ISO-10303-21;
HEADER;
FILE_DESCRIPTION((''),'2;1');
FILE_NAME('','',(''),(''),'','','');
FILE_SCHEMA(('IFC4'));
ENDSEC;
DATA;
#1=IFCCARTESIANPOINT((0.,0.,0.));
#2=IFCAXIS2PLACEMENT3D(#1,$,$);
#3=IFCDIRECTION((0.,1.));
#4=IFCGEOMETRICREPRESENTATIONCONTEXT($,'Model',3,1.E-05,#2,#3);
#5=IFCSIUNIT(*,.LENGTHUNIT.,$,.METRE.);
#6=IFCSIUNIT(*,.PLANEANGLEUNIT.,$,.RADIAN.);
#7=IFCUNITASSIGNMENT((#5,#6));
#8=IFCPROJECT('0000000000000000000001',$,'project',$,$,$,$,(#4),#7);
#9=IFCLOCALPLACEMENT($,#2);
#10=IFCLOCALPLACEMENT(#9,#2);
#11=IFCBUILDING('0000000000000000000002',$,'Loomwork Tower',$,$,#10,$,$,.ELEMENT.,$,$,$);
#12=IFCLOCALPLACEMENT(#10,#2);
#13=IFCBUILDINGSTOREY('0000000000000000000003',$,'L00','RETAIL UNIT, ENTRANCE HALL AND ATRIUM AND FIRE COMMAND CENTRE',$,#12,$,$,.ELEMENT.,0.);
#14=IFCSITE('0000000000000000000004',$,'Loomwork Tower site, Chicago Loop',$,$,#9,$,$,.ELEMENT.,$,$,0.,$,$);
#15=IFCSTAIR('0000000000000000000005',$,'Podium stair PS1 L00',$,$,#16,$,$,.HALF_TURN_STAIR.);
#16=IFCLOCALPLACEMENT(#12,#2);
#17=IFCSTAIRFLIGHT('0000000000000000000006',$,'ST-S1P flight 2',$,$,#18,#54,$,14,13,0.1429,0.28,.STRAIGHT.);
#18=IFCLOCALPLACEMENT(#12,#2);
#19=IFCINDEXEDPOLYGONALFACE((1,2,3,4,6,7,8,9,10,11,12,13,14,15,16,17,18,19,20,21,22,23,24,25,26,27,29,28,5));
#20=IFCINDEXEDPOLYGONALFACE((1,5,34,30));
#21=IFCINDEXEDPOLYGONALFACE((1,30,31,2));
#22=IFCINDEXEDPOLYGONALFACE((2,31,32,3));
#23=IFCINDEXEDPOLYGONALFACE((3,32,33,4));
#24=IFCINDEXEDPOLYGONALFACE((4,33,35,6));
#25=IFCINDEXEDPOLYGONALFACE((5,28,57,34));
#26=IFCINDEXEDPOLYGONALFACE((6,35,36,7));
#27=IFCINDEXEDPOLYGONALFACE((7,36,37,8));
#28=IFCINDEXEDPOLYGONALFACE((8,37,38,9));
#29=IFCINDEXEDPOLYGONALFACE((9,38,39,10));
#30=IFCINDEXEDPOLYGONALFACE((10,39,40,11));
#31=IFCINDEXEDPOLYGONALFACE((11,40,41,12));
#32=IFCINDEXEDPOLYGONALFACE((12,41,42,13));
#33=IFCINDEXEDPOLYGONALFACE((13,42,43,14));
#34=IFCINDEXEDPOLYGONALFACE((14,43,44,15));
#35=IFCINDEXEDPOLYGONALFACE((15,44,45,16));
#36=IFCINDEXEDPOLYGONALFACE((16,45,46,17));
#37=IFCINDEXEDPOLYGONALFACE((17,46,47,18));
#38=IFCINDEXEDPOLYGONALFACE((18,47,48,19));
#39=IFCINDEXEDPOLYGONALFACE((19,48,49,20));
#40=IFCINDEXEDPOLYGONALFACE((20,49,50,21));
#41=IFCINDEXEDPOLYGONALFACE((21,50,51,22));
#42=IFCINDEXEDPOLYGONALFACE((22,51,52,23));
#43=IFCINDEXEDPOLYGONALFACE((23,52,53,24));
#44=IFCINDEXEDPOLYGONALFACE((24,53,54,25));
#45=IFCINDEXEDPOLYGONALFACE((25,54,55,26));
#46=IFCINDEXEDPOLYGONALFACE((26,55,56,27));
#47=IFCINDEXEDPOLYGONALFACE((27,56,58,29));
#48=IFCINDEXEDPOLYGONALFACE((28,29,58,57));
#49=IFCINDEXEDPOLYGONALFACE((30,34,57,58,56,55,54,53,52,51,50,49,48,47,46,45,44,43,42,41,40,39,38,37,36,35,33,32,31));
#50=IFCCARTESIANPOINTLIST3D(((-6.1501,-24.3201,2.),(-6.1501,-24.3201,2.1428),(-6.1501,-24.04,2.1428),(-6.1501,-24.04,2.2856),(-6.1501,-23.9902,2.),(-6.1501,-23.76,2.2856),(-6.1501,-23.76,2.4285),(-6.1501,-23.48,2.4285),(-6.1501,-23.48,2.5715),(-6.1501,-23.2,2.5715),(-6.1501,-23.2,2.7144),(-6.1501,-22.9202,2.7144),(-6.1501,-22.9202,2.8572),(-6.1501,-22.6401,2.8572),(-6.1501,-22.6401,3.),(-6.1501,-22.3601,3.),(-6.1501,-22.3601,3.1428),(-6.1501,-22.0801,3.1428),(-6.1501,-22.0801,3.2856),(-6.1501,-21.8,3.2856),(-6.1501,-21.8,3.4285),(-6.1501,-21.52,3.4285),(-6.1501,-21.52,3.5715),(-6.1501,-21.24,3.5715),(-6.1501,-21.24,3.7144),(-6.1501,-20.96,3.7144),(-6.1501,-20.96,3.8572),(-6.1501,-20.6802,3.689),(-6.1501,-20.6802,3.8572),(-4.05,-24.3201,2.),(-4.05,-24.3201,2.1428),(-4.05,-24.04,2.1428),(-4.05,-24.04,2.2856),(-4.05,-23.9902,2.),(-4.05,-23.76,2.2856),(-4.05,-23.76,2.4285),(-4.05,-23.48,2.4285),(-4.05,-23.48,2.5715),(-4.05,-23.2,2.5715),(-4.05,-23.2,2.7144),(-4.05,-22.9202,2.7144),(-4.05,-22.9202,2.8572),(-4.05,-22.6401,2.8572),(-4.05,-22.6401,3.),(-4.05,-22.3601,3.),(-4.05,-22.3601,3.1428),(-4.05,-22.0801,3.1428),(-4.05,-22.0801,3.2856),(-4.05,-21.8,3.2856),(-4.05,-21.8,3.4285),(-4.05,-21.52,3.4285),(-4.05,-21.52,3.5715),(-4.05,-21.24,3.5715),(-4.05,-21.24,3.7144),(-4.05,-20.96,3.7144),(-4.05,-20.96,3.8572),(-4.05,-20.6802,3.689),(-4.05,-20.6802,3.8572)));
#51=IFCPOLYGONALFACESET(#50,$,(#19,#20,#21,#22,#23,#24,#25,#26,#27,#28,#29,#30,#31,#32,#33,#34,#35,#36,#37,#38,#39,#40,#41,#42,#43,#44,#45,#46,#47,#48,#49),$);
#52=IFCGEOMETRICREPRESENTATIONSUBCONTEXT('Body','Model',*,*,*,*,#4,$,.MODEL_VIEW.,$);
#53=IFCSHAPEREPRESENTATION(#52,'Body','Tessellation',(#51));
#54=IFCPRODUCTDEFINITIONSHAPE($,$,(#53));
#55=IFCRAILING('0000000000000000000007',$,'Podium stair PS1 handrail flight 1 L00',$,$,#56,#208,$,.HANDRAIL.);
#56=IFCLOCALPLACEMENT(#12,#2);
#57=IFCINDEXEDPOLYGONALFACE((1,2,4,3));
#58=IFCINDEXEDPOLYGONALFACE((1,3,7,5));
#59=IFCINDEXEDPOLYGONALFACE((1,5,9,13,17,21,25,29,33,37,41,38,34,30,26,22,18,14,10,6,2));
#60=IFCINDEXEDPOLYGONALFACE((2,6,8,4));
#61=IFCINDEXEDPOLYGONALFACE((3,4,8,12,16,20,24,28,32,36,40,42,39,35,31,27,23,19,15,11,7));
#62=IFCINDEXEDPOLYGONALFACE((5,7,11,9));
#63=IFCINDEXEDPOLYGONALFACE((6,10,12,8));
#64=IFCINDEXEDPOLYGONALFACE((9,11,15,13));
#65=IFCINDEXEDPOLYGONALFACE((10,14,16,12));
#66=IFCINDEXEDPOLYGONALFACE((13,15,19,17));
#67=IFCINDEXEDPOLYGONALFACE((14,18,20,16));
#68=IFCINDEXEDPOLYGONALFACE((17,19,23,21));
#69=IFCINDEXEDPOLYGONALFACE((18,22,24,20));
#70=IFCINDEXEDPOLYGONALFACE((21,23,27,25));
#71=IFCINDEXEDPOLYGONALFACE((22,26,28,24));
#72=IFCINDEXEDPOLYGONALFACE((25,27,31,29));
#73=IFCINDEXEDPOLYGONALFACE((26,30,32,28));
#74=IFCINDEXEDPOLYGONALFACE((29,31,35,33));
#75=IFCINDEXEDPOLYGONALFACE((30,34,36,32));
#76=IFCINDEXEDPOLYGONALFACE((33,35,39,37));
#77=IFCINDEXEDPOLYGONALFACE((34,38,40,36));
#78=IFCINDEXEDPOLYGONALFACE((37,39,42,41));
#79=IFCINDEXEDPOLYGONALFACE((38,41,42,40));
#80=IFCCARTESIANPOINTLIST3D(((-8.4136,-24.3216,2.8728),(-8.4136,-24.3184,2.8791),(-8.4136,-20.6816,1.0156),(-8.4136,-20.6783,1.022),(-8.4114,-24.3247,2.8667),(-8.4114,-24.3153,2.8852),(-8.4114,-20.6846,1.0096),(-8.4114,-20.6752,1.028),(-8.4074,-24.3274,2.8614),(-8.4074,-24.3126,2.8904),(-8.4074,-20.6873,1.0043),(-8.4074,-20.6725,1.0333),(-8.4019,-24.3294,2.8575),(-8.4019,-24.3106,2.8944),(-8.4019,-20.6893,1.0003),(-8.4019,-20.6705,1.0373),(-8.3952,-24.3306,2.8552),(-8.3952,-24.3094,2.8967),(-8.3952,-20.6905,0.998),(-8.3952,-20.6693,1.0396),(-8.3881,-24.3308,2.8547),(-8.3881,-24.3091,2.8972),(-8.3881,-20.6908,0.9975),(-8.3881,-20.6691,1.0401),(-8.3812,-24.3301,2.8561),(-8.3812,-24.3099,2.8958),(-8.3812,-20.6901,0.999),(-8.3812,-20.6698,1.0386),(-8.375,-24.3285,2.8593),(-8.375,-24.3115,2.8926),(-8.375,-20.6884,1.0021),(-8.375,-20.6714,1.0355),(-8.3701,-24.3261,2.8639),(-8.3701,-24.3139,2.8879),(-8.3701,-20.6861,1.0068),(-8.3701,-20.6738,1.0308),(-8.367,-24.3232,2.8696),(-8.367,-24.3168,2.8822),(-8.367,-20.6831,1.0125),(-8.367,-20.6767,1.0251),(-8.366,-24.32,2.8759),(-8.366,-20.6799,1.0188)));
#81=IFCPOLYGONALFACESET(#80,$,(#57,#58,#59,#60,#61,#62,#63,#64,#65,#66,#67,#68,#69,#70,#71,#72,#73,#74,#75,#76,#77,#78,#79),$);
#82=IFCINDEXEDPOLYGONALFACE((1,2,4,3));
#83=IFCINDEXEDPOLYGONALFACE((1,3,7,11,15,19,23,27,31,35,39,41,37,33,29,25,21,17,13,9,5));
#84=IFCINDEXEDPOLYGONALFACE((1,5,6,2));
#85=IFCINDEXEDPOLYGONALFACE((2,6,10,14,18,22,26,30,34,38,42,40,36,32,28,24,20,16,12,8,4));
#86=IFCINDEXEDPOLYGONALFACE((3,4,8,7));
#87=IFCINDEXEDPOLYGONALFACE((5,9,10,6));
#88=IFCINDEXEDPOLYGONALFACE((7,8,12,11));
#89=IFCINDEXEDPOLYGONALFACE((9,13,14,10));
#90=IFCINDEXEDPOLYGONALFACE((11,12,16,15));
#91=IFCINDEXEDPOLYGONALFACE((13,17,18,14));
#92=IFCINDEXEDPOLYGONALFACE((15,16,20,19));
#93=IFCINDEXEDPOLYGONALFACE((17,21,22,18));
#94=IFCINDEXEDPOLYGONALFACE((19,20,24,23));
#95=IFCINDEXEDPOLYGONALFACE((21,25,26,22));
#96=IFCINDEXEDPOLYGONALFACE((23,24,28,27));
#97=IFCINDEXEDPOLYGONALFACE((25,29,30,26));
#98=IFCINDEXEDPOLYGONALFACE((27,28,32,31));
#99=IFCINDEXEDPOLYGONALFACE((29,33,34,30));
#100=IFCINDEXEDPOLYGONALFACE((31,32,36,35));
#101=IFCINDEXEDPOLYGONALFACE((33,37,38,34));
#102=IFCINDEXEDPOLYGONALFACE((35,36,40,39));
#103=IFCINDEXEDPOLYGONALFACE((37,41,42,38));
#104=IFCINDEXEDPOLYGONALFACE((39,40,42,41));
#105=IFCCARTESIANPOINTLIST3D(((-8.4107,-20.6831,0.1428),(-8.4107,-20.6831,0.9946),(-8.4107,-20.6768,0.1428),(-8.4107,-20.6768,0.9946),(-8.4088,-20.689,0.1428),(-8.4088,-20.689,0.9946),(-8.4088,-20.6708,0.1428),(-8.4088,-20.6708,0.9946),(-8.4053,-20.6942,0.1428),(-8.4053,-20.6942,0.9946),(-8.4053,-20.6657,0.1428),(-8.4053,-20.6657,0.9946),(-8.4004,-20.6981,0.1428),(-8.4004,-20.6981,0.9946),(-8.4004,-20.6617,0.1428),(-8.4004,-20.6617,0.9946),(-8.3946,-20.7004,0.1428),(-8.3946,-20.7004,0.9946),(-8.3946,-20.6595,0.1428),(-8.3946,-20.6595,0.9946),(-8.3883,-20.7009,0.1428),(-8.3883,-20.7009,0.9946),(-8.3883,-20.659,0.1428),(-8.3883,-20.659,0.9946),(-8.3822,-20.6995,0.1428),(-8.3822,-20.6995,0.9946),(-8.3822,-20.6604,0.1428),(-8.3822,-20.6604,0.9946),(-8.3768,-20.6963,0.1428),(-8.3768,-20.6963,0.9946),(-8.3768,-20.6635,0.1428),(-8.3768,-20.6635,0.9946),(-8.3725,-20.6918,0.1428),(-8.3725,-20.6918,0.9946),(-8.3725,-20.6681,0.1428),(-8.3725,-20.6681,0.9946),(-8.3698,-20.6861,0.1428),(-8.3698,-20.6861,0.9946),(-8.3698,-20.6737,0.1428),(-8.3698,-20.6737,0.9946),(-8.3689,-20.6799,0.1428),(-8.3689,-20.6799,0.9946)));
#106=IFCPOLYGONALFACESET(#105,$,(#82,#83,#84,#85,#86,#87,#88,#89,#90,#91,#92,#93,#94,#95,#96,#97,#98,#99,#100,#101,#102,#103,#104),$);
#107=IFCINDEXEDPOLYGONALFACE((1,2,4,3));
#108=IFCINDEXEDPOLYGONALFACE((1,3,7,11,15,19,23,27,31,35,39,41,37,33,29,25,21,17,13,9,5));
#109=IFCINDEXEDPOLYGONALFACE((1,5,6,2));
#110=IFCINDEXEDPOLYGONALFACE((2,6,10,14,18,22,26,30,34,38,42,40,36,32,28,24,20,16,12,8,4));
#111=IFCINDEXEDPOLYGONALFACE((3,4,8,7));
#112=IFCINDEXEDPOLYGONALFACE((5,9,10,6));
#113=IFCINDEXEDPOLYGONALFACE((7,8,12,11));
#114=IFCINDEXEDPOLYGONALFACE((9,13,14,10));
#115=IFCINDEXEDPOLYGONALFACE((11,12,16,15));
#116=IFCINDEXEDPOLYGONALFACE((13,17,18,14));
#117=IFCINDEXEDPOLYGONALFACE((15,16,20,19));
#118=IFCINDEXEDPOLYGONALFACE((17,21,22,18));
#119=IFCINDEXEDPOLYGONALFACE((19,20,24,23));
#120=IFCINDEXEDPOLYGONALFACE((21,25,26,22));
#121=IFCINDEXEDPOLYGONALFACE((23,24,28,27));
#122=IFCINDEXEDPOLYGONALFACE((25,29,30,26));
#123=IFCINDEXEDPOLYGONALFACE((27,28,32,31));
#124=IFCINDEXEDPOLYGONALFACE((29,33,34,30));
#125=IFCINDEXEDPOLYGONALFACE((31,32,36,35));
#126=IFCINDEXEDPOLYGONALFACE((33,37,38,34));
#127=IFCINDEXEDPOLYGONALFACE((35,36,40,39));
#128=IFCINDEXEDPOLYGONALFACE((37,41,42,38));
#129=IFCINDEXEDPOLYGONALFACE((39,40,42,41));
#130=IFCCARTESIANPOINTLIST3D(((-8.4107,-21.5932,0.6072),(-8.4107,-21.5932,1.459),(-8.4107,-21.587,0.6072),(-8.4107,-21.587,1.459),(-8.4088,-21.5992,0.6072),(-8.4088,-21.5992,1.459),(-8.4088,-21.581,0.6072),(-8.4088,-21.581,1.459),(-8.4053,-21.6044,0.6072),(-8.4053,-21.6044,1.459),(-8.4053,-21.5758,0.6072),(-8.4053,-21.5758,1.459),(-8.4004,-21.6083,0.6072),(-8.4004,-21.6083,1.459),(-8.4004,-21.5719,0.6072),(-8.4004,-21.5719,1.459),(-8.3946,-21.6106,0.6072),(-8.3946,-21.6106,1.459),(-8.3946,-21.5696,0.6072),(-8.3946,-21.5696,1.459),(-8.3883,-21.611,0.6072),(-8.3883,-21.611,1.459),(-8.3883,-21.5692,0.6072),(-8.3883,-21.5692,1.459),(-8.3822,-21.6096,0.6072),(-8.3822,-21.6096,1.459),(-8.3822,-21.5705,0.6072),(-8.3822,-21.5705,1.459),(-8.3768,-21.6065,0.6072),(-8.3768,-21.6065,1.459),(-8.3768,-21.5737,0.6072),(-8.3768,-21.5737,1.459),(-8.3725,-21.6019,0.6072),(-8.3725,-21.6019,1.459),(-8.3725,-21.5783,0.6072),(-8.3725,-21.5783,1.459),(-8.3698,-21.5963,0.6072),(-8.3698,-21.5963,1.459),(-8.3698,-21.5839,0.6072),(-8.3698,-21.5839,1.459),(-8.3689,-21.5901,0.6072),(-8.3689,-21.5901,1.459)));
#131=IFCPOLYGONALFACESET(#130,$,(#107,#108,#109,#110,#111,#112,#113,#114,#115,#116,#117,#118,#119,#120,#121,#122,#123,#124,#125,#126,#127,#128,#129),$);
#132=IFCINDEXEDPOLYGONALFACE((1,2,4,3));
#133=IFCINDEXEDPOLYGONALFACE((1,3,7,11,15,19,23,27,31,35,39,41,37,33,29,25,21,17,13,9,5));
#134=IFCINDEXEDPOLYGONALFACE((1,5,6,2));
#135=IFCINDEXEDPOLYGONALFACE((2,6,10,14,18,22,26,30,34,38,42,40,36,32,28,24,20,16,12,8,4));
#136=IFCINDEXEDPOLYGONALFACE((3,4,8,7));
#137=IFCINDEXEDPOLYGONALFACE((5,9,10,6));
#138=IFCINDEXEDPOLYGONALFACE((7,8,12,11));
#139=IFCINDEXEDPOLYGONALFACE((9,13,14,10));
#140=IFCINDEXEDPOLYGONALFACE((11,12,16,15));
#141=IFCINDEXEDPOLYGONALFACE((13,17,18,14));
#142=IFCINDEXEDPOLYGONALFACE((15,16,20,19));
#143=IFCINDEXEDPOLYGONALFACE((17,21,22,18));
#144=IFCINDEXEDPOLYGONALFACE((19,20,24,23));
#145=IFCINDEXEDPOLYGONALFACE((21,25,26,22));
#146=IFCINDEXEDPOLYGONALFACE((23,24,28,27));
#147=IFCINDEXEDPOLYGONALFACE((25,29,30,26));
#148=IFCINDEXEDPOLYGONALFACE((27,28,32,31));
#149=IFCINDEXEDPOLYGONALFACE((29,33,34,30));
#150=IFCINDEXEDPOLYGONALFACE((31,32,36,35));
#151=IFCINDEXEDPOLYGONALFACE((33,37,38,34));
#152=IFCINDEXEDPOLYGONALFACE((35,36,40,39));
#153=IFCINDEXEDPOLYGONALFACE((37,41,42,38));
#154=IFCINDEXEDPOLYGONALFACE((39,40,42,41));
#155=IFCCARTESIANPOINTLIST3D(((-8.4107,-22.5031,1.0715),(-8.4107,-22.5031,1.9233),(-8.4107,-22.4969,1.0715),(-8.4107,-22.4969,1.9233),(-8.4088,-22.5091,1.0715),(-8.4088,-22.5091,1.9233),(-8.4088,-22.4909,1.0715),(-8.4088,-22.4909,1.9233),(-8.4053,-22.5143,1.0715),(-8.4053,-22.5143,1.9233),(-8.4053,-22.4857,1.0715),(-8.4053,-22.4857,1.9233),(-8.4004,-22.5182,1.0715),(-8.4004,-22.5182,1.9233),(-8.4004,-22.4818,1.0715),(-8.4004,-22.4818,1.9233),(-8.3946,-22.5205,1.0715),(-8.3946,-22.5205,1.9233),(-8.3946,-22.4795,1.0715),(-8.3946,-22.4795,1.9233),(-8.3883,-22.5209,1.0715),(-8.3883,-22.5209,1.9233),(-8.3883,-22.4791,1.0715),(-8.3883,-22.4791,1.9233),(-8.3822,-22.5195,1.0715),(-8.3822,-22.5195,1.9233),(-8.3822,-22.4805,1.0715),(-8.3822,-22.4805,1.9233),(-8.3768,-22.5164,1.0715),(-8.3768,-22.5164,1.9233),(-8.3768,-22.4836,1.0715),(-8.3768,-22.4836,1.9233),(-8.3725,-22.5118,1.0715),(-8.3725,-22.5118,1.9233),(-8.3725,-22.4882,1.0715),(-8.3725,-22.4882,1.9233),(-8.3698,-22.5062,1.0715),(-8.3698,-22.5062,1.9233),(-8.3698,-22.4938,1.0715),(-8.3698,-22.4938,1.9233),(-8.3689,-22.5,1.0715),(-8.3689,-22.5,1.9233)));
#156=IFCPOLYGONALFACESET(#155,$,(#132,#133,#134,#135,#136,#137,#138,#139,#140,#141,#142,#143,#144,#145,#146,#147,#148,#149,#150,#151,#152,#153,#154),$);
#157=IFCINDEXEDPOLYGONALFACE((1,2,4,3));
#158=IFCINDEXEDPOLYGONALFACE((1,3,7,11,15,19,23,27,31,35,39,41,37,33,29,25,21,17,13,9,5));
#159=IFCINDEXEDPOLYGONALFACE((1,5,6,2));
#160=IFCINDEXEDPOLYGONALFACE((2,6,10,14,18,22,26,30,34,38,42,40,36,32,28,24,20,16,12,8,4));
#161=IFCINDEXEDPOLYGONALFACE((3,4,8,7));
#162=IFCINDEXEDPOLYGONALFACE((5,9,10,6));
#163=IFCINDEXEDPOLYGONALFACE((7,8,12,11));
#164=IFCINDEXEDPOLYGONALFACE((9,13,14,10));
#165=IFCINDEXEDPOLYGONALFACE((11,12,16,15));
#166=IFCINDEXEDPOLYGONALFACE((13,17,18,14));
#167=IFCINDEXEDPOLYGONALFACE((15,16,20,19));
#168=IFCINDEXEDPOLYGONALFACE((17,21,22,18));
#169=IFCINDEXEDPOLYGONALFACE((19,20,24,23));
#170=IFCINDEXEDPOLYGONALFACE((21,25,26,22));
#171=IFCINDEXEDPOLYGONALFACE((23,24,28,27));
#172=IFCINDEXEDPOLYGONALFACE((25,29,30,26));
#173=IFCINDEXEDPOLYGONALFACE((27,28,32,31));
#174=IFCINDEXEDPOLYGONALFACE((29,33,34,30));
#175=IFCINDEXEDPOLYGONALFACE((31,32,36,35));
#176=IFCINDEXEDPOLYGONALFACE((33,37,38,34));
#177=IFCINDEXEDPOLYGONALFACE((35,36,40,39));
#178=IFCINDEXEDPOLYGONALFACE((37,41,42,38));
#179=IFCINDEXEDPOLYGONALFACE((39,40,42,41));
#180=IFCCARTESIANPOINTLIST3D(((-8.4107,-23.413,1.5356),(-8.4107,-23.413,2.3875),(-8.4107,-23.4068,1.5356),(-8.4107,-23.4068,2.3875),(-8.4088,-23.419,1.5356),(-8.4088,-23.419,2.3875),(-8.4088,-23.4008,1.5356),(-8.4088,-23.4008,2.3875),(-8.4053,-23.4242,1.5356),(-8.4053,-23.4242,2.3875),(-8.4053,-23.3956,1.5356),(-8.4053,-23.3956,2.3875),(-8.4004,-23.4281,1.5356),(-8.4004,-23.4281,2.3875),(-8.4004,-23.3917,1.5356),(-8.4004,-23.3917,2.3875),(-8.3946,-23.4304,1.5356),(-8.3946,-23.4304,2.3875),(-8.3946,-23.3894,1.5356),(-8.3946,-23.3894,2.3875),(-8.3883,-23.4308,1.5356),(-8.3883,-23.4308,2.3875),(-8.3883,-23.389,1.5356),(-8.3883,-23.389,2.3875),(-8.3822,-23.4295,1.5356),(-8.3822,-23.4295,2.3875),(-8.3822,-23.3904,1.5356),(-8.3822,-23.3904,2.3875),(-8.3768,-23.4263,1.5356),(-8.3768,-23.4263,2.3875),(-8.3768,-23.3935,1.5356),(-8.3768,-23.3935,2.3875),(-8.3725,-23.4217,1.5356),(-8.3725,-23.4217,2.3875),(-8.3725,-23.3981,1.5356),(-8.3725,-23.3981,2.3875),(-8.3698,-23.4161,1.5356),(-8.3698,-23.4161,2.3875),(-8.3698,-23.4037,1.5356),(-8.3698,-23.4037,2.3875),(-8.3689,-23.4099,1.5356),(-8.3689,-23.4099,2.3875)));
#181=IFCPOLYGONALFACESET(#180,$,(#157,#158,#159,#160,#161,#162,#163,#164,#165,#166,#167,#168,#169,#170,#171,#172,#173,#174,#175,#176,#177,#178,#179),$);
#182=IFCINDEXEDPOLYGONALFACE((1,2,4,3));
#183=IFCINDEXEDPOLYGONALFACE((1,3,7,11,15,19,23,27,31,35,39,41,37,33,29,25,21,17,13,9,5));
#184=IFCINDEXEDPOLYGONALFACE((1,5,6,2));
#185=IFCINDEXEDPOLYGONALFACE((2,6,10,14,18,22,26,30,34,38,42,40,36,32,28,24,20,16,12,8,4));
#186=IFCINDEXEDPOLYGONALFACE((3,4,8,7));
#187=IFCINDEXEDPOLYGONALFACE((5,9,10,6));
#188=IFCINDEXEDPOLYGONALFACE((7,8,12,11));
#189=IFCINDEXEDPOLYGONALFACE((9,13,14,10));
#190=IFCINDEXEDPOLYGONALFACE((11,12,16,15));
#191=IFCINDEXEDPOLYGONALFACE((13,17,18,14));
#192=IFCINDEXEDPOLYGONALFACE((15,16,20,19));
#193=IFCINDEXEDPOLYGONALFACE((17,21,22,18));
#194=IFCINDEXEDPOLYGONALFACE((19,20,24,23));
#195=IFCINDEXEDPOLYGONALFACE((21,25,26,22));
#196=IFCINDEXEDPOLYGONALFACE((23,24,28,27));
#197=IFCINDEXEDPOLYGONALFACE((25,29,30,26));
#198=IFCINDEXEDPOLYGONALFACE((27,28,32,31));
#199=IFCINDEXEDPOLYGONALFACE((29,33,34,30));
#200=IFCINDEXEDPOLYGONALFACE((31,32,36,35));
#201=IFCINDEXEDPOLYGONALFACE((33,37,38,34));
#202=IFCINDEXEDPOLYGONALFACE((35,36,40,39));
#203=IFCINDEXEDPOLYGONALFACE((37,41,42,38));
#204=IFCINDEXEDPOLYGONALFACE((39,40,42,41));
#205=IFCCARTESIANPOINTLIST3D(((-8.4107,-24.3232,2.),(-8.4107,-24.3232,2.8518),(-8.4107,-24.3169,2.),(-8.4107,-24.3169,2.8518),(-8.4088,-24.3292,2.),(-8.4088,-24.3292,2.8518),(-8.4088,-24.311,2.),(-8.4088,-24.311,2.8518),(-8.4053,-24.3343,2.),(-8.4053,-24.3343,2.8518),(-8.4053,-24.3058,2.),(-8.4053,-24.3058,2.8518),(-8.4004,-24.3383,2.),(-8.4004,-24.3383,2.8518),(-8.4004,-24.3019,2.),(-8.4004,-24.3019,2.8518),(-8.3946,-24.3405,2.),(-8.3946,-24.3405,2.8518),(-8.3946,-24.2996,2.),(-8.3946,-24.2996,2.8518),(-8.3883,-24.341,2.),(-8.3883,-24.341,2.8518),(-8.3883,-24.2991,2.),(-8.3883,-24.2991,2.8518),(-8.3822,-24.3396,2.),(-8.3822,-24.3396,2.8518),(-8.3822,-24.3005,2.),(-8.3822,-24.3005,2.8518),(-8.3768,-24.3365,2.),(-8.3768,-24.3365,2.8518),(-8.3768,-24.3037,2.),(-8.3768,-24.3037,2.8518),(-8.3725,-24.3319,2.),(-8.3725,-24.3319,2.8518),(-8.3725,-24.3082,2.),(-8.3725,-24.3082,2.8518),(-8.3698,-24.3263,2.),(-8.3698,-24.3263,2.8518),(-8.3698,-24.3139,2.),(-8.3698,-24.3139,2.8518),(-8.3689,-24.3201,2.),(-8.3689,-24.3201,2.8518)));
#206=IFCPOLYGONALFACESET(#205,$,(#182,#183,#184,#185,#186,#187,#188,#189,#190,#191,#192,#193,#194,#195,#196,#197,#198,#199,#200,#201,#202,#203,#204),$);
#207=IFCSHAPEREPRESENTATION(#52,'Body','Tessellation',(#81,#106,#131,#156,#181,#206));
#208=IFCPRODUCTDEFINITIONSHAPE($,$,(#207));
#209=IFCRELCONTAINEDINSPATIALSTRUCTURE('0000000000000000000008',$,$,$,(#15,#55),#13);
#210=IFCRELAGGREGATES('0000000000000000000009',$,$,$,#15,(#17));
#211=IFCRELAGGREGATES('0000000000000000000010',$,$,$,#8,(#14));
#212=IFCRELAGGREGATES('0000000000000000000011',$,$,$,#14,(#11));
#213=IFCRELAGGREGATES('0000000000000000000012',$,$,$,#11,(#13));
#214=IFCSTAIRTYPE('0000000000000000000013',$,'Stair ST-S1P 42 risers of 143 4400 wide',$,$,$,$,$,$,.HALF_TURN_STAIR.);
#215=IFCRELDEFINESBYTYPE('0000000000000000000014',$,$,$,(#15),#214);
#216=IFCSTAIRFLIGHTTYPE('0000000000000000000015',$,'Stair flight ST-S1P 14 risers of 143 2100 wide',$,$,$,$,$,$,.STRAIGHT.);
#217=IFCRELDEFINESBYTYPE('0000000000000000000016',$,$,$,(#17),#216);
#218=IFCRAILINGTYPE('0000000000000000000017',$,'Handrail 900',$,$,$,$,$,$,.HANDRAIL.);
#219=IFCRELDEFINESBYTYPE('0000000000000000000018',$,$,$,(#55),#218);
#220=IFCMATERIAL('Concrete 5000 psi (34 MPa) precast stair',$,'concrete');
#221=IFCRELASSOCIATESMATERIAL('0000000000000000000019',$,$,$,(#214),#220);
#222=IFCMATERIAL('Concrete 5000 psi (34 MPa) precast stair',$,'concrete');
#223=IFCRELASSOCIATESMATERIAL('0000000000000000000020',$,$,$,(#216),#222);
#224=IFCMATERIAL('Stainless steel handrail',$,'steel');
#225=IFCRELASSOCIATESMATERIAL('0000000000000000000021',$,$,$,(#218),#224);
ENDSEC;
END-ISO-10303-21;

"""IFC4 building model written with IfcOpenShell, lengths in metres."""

from ifc_helpers import new_model, si_unit, direction, frame, origin, origin_2d, place, context, subcontext, project, spatial, polyline, circle, outline, extrude, material, type_object, element, aggregate, save


model = new_model("IFC4")

# Units and contexts
model_context = context("Model", 3, precision=1e-05, world=origin(), true_north=direction((0.0, 1.0)))
body_context = subcontext(model_context, "Body", "Model", "MODEL_VIEW")
ifc_project = project(units=[si_unit("LENGTHUNIT", "METRE"), si_unit("PLANEANGLEUNIT", "RADIAN")], contexts=[model_context])

# Site, building, storey
site_placement = place(None, origin())
site = spatial("IfcSite", under=ifc_project, at=site_placement, Name="Loomwork Tower site, Chicago Loop", CompositionType="ELEMENT", RefElevation=0.0)
building_placement = place(site_placement, origin())
building = spatial("IfcBuilding", under=site, at=building_placement, Name="Loomwork Tower", CompositionType="ELEMENT")
storey_placement = place(building_placement, origin())
storey = spatial("IfcBuildingStorey", under=building, at=storey_placement, Name="L00", Description="RETAIL UNIT, ENTRANCE HALL AND ATRIUM AND FIRE COMMAND CENTRE", CompositionType="ELEMENT", Elevation=0.0)

# Stair, stair flight
ifc_material_1 = material(Name="Concrete 5000 psi (34 MPa) precast stair", Category="concrete")
stair_type = type_object("IfcStairType", Name="Stair ST-S1P 42 risers of 143 4400 wide", PredefinedType="HALF_TURN_STAIR", material=ifc_material_1)
stair_placement = place(storey_placement, origin())
stair = element("IfcStair", 1, at=stair_placement, inside=storey, type_object=stair_type, Name="Podium stair PS1 L00", PredefinedType="HALF_TURN_STAIR")
ifc_material_2 = material(Name="Concrete 5000 psi (34 MPa) precast stair", Category="concrete")
stair_flight_type = type_object("IfcStairFlightType", Name="Stair flight ST-S1P 14 risers of 143 2100 wide", PredefinedType="STRAIGHT", material=ifc_material_2)
stair_flight_placement = place(storey_placement, frame((-5.1001, -24.3201, 2.0), z_axis=(0.0, 0.0, 1.0), x_axis=(0.0, 1.0, 0.0)))
stair_flight = element("IfcStairFlight", 2, at=stair_flight_placement, type_object=stair_flight_type, Name="ST-S1P flight 2", NumberOfRisers=14, NumberOfTreads=13, PredefinedType="STRAIGHT", RiserHeight=0.1429, TreadLength=0.28, context=body_context, shape_type="SweptSolid", body=[
    extrude(outline(polyline([(0.0, 0.0), (0.0, 0.1428), (0.28, 0.1428), (0.28, 0.2856), (0.5601, 0.2856), (0.5601, 0.4285), (0.8401, 0.4285), (0.8401, 0.5715), (1.1201, 0.5715), (1.1201, 0.7144), (1.3999, 0.7144), (1.3999, 0.8572), (1.6799, 0.8572), (1.6799, 1.0), (1.96, 1.0), (1.96, 1.1428), (2.24, 1.1428), (2.24, 1.2856), (2.52, 1.2856), (2.52, 1.4285), (2.8, 1.4285), (2.8, 1.5715), (3.0801, 1.5715), (3.0801, 1.7144), (3.3601, 1.7144), (3.3601, 1.8572), (3.6399, 1.8572), (3.6399, 2.0), (3.6399, 1.689), (0.3298, 0.0), (0.0, 0.0)])), frame((0.0, 1.05, 0.0), z_axis=(0.0, -1.0, 0.0), x_axis=(1.0, 0.0, 0.0)), (0.0, 0.0, 1.0), 2.1001),
])
aggregate(stair, [stair_flight])

# Railing
ifc_material_3 = material(Name="Stainless steel handrail", Category="steel")
railing_type = type_object("IfcRailingType", Name="Handrail 900", PredefinedType="HANDRAIL", material=ifc_material_3)
railing_1_placement = place(storey_placement, frame((-8.3899, -20.6799, 0.1428)))
element("IfcRailing", 3, at=railing_1_placement, inside=storey, type_object=railing_type, Name="Podium stair PS1 handrail flight 1 L00", PredefinedType="HANDRAIL", context=body_context, shape_type="SweptSolid", body=[
    extrude(circle(Radius=0.0239, at=origin_2d()), frame((0.0, 0.0, 0.876), z_axis=(0.0, -0.890765, 0.454464), x_axis=(1.0, 0.0, 0.0)), (0.0, 0.0, 1.0), 4.0864),
    extrude(circle(Radius=0.021, at=origin_2d()), origin(), (0.0, 0.0, 1.0), 0.8518),
    extrude(circle(Radius=0.021, at=origin_2d()), frame((0.0, -0.9102, 0.4644)), (0.0, 0.0, 1.0), 0.8518),
    extrude(circle(Radius=0.021, at=origin_2d()), frame((0.0, -1.8201, 0.9287)), (0.0, 0.0, 1.0), 0.8518),
    extrude(circle(Radius=0.021, at=origin_2d()), frame((0.0, -2.73, 1.3928)), (0.0, 0.0, 1.0), 0.8518),
    extrude(circle(Radius=0.021, at=origin_2d()), frame((0.0, -3.6401, 1.8572)), (0.0, 0.0, 1.0), 0.8518),
])

save(model, "model.ifc")
